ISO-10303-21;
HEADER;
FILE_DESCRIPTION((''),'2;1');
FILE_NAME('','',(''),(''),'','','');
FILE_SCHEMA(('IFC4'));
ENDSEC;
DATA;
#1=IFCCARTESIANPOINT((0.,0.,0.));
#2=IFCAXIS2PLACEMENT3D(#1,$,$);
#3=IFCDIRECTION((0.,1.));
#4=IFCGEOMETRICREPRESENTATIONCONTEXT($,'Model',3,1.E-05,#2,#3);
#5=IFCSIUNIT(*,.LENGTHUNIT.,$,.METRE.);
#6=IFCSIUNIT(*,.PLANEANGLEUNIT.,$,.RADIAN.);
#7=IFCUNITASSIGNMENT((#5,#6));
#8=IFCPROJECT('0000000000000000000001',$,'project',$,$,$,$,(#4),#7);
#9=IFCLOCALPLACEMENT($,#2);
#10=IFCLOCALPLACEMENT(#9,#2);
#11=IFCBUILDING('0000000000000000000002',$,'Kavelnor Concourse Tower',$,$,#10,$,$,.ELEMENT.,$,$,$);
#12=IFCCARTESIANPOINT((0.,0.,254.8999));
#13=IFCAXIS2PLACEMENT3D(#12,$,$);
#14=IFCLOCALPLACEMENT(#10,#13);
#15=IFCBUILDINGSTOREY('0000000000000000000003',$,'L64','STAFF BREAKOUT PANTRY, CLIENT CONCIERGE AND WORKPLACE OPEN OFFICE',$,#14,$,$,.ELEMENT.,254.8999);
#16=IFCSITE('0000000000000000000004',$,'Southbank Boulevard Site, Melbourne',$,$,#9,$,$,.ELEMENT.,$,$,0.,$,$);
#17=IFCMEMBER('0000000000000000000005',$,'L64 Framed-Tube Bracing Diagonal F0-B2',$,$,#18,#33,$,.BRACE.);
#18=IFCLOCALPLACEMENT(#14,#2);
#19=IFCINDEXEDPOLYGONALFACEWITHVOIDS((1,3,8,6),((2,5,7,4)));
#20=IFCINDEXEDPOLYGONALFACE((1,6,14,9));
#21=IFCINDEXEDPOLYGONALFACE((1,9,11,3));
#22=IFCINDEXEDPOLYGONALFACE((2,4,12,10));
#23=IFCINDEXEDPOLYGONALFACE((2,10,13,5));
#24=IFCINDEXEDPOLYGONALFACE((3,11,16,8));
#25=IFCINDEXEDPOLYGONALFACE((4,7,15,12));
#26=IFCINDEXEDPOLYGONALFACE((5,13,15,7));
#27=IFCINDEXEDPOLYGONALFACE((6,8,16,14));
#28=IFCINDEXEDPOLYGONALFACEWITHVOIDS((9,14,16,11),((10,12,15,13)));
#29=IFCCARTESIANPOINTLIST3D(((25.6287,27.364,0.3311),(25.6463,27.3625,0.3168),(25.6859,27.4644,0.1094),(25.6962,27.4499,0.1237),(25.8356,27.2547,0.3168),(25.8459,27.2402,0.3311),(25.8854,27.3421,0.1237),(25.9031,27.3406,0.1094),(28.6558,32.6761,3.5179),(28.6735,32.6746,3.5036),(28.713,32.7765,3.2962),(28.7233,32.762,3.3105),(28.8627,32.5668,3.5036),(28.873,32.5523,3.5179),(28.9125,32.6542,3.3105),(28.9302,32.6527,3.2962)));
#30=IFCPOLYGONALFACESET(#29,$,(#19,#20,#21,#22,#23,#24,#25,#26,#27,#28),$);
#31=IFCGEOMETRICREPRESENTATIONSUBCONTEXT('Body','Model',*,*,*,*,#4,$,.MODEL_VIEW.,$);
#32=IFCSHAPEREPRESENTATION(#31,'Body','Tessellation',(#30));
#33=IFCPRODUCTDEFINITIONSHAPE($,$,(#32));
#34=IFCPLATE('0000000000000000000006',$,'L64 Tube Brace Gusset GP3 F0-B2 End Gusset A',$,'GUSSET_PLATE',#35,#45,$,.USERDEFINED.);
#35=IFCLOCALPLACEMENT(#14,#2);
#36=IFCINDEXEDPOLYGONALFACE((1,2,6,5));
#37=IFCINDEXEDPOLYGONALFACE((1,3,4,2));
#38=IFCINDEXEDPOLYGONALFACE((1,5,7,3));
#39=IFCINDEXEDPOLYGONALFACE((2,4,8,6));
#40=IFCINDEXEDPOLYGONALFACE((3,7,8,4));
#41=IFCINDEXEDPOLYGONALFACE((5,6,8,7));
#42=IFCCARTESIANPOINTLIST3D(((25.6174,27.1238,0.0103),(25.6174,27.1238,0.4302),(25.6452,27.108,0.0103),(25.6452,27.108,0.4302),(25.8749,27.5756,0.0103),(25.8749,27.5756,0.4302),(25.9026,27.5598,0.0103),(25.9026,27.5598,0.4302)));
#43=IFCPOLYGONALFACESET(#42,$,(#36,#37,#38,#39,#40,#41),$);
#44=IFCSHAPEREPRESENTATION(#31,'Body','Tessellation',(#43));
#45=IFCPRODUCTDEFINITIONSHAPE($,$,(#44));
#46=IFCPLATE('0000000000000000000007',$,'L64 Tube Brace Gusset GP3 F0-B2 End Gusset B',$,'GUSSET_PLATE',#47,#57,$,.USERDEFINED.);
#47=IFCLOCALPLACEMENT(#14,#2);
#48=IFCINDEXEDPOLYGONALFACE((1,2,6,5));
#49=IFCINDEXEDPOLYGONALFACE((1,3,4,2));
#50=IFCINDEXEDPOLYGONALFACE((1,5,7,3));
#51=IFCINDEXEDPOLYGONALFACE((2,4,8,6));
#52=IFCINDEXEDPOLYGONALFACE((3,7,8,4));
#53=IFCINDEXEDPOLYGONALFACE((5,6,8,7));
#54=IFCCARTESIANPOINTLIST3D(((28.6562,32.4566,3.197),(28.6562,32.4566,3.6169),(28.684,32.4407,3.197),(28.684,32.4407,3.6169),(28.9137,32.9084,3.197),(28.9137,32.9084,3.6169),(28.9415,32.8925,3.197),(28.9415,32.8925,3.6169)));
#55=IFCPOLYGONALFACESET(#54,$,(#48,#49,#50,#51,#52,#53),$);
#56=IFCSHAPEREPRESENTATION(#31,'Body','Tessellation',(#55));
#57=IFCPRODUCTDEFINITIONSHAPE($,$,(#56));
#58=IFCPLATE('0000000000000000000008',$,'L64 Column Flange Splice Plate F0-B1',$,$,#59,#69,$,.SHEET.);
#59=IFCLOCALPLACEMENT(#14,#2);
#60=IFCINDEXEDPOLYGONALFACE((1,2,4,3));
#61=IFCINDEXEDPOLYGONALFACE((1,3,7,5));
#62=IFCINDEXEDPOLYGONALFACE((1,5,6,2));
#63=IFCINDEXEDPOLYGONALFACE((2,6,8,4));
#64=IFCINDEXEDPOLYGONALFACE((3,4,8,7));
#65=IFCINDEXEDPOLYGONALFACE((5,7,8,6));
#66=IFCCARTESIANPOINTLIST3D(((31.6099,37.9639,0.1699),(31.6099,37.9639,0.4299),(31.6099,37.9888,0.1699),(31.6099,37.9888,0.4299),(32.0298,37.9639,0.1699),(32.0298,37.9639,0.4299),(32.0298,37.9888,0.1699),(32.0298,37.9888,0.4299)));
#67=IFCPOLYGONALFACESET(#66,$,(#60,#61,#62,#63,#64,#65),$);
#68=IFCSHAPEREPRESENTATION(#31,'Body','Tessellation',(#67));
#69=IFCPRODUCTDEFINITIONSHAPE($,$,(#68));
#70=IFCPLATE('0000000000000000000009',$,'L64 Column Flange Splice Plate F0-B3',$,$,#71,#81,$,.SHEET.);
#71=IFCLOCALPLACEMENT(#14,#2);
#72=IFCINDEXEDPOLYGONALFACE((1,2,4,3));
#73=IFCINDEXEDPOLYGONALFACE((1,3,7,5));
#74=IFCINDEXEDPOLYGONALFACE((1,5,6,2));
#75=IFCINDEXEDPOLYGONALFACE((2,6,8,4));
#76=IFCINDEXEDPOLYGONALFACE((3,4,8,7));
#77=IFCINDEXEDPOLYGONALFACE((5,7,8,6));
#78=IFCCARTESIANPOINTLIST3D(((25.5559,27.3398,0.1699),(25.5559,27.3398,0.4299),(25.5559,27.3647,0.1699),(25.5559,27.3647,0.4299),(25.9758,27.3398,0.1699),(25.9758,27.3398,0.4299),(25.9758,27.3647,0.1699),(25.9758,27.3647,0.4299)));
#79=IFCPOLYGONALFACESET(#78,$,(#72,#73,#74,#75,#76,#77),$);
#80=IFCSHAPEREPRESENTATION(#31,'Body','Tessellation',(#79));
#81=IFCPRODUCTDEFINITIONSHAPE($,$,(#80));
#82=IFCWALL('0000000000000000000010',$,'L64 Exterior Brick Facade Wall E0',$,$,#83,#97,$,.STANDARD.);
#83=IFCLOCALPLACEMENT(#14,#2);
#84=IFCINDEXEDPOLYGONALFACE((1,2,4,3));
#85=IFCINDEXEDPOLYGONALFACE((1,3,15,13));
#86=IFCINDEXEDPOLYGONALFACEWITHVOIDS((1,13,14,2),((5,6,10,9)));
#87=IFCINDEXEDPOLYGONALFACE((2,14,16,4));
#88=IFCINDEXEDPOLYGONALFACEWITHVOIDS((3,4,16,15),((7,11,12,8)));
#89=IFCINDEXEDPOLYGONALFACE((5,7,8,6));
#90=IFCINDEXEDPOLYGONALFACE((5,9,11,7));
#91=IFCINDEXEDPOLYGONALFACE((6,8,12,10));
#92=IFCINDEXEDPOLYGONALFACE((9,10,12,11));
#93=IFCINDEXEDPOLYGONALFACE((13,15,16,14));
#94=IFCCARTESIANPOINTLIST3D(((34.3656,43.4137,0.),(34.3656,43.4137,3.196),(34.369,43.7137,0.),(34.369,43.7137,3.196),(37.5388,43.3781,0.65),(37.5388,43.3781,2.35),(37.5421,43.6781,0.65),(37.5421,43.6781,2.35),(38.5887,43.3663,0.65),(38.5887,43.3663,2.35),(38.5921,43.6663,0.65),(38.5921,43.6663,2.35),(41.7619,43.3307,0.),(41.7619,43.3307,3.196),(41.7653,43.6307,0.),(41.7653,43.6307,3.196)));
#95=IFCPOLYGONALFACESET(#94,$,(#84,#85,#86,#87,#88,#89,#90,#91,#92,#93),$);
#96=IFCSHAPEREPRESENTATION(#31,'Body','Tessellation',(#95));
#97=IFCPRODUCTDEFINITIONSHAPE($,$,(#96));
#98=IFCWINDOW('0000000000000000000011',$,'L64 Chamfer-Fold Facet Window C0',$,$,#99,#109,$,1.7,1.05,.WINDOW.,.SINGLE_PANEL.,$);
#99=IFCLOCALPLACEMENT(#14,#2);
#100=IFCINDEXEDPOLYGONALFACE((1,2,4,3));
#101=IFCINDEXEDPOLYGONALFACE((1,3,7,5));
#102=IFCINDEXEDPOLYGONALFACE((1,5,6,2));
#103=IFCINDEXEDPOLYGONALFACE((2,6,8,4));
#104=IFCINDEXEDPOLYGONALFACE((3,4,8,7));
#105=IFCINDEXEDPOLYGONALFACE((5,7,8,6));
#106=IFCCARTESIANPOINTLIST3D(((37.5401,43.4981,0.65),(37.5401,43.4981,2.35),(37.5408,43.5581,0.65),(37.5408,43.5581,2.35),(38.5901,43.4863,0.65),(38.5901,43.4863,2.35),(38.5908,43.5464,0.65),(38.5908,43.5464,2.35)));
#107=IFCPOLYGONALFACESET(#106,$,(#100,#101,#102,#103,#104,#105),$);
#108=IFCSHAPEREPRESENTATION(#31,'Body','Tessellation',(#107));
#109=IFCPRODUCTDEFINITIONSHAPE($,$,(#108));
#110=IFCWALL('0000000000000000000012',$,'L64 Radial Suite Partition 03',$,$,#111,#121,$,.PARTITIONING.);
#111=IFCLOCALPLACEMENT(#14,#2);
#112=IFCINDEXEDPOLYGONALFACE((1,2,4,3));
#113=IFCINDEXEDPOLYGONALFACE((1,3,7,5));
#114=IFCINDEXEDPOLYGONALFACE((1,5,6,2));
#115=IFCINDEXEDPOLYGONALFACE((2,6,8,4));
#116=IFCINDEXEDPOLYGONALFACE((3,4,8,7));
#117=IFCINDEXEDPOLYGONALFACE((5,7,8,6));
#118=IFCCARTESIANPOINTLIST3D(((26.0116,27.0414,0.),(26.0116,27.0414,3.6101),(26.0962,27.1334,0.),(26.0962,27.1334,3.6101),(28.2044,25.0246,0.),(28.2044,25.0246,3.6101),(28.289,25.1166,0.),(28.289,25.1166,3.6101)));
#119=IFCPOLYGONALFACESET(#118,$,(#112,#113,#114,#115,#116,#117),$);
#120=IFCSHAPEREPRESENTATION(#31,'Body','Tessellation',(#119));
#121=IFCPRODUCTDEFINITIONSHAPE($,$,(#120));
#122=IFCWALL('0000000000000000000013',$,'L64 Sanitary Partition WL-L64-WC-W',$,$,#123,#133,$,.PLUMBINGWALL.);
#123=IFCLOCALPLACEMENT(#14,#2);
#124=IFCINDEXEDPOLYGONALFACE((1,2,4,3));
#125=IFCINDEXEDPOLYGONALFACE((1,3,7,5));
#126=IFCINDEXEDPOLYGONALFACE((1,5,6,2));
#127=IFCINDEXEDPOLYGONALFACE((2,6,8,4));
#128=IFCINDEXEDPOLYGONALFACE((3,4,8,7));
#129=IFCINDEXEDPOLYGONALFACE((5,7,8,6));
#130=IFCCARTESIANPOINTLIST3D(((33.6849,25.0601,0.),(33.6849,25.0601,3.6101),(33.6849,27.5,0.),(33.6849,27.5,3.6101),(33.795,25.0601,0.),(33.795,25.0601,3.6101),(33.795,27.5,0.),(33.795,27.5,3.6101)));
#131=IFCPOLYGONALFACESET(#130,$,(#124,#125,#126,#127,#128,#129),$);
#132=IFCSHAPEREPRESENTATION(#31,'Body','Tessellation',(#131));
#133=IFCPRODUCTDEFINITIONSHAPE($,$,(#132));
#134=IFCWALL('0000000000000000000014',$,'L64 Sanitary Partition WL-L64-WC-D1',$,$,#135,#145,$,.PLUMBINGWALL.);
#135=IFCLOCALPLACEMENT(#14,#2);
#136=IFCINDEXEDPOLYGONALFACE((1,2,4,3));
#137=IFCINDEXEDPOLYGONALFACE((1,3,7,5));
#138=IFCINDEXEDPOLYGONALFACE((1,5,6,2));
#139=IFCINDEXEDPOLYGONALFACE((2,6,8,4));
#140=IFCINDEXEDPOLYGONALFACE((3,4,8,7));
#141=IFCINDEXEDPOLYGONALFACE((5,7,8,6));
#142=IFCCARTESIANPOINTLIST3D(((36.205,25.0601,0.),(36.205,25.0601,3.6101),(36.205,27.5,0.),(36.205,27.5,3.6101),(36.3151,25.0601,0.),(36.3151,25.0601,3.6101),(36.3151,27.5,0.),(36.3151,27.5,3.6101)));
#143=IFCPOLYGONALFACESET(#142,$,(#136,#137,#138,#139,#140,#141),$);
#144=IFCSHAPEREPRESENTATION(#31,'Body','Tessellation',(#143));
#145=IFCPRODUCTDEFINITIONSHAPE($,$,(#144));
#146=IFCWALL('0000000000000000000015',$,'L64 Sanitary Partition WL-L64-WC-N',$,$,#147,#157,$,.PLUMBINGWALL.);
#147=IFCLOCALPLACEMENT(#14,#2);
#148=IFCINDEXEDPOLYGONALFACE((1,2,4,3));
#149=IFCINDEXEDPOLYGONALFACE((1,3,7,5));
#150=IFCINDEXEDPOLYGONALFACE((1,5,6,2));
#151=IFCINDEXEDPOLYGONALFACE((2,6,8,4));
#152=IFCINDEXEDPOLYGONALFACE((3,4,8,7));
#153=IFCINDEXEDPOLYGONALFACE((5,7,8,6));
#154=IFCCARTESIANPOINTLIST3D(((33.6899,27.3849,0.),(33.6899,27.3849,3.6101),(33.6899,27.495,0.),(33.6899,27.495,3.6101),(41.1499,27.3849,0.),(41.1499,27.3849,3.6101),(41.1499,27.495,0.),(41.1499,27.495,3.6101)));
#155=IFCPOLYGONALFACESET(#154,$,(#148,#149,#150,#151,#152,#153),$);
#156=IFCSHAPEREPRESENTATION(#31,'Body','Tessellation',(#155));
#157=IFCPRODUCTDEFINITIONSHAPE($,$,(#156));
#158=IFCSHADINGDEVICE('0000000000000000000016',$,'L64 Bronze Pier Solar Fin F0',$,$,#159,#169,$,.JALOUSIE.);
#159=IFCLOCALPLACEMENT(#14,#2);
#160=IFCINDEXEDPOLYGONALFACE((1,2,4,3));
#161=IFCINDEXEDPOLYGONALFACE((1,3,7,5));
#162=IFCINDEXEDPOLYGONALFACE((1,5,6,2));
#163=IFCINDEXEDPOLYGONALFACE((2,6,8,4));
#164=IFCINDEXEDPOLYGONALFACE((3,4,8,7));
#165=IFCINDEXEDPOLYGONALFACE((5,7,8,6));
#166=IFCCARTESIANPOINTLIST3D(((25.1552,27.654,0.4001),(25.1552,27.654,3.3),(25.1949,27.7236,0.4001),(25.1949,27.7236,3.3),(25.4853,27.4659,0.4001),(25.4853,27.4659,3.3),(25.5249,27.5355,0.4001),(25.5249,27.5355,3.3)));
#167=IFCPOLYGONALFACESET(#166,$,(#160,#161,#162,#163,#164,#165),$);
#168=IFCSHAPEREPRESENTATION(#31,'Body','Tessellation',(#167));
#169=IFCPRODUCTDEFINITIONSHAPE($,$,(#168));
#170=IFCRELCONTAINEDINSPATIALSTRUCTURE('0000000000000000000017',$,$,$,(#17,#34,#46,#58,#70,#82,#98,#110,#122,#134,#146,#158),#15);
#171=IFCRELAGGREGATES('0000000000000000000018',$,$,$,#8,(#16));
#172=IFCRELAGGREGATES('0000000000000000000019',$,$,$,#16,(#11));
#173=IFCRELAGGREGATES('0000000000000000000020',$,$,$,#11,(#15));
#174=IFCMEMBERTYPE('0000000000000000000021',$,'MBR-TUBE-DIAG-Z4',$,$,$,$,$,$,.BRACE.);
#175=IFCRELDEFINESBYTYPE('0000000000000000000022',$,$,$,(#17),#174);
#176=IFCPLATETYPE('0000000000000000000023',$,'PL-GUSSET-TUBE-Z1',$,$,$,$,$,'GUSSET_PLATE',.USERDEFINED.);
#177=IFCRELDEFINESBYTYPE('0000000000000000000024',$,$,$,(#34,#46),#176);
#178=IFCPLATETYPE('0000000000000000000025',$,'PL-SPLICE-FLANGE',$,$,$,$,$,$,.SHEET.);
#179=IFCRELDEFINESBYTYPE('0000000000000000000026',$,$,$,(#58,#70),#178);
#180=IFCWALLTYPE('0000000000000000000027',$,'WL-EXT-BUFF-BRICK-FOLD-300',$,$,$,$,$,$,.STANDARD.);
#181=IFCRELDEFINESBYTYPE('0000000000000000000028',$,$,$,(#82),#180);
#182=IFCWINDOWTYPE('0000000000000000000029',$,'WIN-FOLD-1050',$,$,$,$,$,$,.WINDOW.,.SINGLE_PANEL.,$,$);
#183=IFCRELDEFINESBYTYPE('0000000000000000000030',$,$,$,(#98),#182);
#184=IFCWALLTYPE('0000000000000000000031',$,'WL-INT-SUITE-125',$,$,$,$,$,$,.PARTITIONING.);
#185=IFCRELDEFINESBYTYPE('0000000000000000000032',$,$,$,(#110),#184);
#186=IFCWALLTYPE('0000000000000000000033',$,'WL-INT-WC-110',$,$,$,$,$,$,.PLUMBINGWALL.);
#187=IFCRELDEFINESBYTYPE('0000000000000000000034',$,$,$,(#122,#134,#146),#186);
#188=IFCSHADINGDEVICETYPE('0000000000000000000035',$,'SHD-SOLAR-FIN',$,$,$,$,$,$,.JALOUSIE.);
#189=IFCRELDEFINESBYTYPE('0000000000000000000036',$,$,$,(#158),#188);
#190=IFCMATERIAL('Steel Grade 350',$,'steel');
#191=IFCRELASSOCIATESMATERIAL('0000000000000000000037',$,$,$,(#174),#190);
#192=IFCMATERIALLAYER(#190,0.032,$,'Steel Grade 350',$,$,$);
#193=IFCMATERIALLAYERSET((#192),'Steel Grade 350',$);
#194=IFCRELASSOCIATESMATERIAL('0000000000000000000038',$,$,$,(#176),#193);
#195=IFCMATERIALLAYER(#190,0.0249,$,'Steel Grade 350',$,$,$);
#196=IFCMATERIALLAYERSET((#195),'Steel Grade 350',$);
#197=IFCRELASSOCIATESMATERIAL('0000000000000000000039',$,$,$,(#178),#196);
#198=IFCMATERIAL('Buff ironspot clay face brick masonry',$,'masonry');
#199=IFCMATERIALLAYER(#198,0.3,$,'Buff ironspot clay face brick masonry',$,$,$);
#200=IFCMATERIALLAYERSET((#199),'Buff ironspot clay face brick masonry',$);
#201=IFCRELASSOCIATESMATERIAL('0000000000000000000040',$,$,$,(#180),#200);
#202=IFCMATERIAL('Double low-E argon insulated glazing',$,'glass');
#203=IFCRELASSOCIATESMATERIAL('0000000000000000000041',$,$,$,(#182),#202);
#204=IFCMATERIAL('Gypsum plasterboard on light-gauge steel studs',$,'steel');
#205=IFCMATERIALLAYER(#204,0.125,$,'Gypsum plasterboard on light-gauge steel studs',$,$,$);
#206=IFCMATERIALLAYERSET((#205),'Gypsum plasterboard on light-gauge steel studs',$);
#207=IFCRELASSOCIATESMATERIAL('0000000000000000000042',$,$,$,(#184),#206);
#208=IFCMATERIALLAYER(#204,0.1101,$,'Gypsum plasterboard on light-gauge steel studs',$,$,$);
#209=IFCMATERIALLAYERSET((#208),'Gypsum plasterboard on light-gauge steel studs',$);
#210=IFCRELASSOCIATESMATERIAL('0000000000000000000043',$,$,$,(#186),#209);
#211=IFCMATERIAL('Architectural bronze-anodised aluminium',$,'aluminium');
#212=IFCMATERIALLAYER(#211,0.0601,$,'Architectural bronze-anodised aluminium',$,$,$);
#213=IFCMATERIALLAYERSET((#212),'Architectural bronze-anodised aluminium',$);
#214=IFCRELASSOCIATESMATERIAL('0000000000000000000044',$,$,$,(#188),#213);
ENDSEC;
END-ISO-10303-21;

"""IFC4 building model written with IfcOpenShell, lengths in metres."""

from ifc_helpers import new_model, si_unit, direction, frame, frame_2d, origin, origin_2d, place, context, subcontext, project, spatial, rectangle, hollow_rectangle, extrude, material, layer, layer_set, material_profile, profile_set, type_object, element, fill, save


model = new_model("IFC4")

# Units and contexts
model_context = context("Model", 3, precision=1e-05, world=origin(), true_north=direction((0.0, 1.0)))
body_context = subcontext(model_context, "Body", "Model", "MODEL_VIEW")
ifc_project = project(units=[si_unit("LENGTHUNIT", "METRE"), si_unit("PLANEANGLEUNIT", "RADIAN")], contexts=[model_context])

# Site, building, storey
site_placement = place(None, origin())
site = spatial("IfcSite", under=ifc_project, at=site_placement, Name="Southbank Boulevard Site, Melbourne", CompositionType="ELEMENT", RefElevation=0.0)
building_placement = place(site_placement, origin())
building = spatial("IfcBuilding", under=site, at=building_placement, Name="Kavelnor Concourse Tower", CompositionType="ELEMENT")
storey_placement = place(building_placement, frame((0.0, 0.0, 254.8999)))
storey = spatial("IfcBuildingStorey", under=building, at=storey_placement, Name="L64", Description="STAFF BREAKOUT PANTRY, CLIENT CONCIERGE AND WORKPLACE OPEN OFFICE", CompositionType="ELEMENT", Elevation=254.8999)

# Shared definitions
ifc_material_1 = material(Name="Steel Grade 350", Category="steel")

# Member
ifc_material_profile_1 = material_profile(ifc_material_1, hollow_rectangle(XDim=0.25, YDim=0.25, WallThickness=0.0161, at=origin_2d()), Name="SHS 250x250x16")
ifc_profile_set_1 = profile_set([ifc_material_profile_1], Name="Steel Grade 350")
member_type = type_object("IfcMemberType", Name="MBR-TUBE-DIAG-Z4", PredefinedType="BRACE", material=ifc_profile_set_1)
member_placement = place(storey_placement, frame((25.7659, 27.3523, 0.2202), z_axis=(0.43905, 0.770453, 0.462208), x_axis=(-0.86883, 0.495111, 0.0)))
element("IfcMember", 1, at=member_placement, inside=storey, type_object=member_type, Name="L64 Framed-Tube Bracing Diagonal F0-B2", PredefinedType="BRACE", context=body_context, shape_type="SweptSolid", body=[
    extrude(hollow_rectangle(XDim=0.25, YDim=0.25, WallThickness=0.0161, at=origin_2d()), origin(), (0.0, 0.0, 1.0), 6.8948),
])

# Plates
ifc_layer_1 = layer(ifc_material_1, 0.032, Name="Steel Grade 350")
ifc_layer_set_1 = layer_set([ifc_layer_1], Name="Steel Grade 350")
plate_type_1 = type_object("IfcPlateType", Name="PL-GUSSET-TUBE-Z1", ElementType="GUSSET_PLATE", PredefinedType="USERDEFINED", material=ifc_layer_set_1)
for number, where, z_axis, x_axis, name in (
    (2, (25.76, 27.3418, 0.0103), (0.0, 0.0, 1.0), (0.495155, 0.868804, 0.0), "L64 Tube Brace Gusset GP3 F0-B2 End Gusset A"),
    (3, (28.7988, 32.6746, 3.197), (0.0, 0.0, 1.0), (0.495155, 0.868804, 0.0), "L64 Tube Brace Gusset GP3 F0-B2 End Gusset B"),
):
    element("IfcPlate", number, at=place(storey_placement, frame(where, z_axis=z_axis, x_axis=x_axis)), inside=storey, type_object=plate_type_1, Name=name, ObjectType="GUSSET_PLATE", PredefinedType="USERDEFINED", context=body_context, shape_type="SweptSolid", body=[
        extrude(rectangle(XDim=0.52, YDim=0.032, at=origin_2d()), origin(), (0.0, 0.0, 1.0), 0.4199),
    ])
ifc_layer_2 = layer(ifc_material_1, 0.0249, Name="Steel Grade 350")
ifc_layer_set_2 = layer_set([ifc_layer_2], Name="Steel Grade 350")
plate_type_2 = type_object("IfcPlateType", Name="PL-SPLICE-FLANGE", PredefinedType="SHEET", material=ifc_layer_set_2)
for number, where, z_axis, x_axis, name in (
    (4, (31.8198, 37.9763, 0.1699), (0.0, 0.0, 1.0), (1.0, 0.0, 0.0), "L64 Column Flange Splice Plate F0-B1"),
    (5, (25.7659, 27.3523, 0.1699), (0.0, 0.0, 1.0), (1.0, 0.0, 0.0), "L64 Column Flange Splice Plate F0-B3"),
):
    element("IfcPlate", number, at=place(storey_placement, frame(where, z_axis=z_axis, x_axis=x_axis)), inside=storey, type_object=plate_type_2, Name=name, PredefinedType="SHEET", context=body_context, shape_type="SweptSolid", body=[
        extrude(rectangle(XDim=0.4199, YDim=0.0249, at=origin_2d()), origin(), (0.0, 0.0, 1.0), 0.26),
    ])

# Wall, opening, window
ifc_material_2 = material(Name="Buff ironspot clay face brick masonry", Category="masonry")
ifc_layer_3 = layer(ifc_material_2, 0.3, Name="Buff ironspot clay face brick masonry")
ifc_layer_set_3 = layer_set([ifc_layer_3], Name="Buff ironspot clay face brick masonry")
wall_type_1 = type_object("IfcWallType", Name="WL-EXT-BUFF-BRICK-FOLD-300", PredefinedType="STANDARD", material=ifc_layer_set_3)
wall_1_placement = place(storey_placement, frame((34.3674, 43.5637, 0.0), z_axis=(0.0, 0.0, 1.0), x_axis=(0.999937, -0.011222, 0.0)))
wall_1 = element("IfcWall", 6, at=wall_1_placement, inside=storey, type_object=wall_type_1, Name="L64 Exterior Brick Facade Wall E0", PredefinedType="STANDARD", context=body_context, shape_type="SweptSolid", body=[
    extrude(rectangle(XDim=7.3967, YDim=0.3, at=frame_2d((3.6982, 0.0))), origin(), (0.0, 0.0, 1.0), 3.196),
])
opening_placement = place(wall_1_placement, frame((3.1733, 0.0, 0.6499)))
opening = element("IfcOpeningElement", 7, at=opening_placement, cuts=wall_1, PredefinedType="OPENING", context=body_context, shape_type="SweptSolid", body=[
    extrude(rectangle(XDim=1.05, YDim=1.7, at=frame_2d((0.5249, 0.8501))), frame((0.0, 0.1602, 0.0), z_axis=(0.0, -1.0, 0.0), x_axis=(1.0, 0.0, 0.0)), (0.0, 0.0, 1.0), 0.3201),
])
ifc_material_3 = material(Name="Double low-E argon insulated glazing", Category="glass")
window_type = type_object("IfcWindowType", Name="WIN-FOLD-1050", PartitioningType="SINGLE_PANEL", PredefinedType="WINDOW", material=ifc_material_3)
window_placement = place(opening_placement, origin())
window = element("IfcWindow", 8, at=window_placement, inside=storey, type_object=window_type, Name="L64 Chamfer-Fold Facet Window C0", OverallHeight=1.7, OverallWidth=1.05, PartitioningType="SINGLE_PANEL", PredefinedType="WINDOW", context=body_context, shape_type="SweptSolid", body=[
    extrude(rectangle(XDim=1.05, YDim=1.7, at=frame_2d((0.5249, 0.8501))), frame((0.0, 0.03, 0.0), z_axis=(0.0, -1.0, 0.0), x_axis=(1.0, 0.0, 0.0)), (0.0, 0.0, 1.0), 0.0601),
])
fill(opening, window)

# Walls
ifc_material_4 = material(Name="Gypsum plasterboard on light-gauge steel studs", Category="steel")
ifc_layer_4 = layer(ifc_material_4, 0.125, Name="Gypsum plasterboard on light-gauge steel studs")
ifc_layer_set_4 = layer_set([ifc_layer_4], Name="Gypsum plasterboard on light-gauge steel studs")
wall_type_2 = type_object("IfcWallType", Name="WL-INT-SUITE-125", PredefinedType="PARTITIONING", material=ifc_layer_set_4)
wall_2_placement = place(storey_placement, frame((28.2468, 25.0706, 0.0), z_axis=(0.0, 0.0, 1.0), x_axis=(-0.736031, 0.676948, 0.0)))
element("IfcWall", 9, at=wall_2_placement, inside=storey, type_object=wall_type_2, Name="L64 Radial Suite Partition 03", PredefinedType="PARTITIONING", context=body_context, shape_type="SweptSolid", body=[
    extrude(rectangle(XDim=2.9792, YDim=0.125, at=frame_2d((1.4897, 0.0))), origin(), (0.0, 0.0, 1.0), 3.6101),
])
ifc_layer_5 = layer(ifc_material_4, 0.1101, Name="Gypsum plasterboard on light-gauge steel studs")
ifc_layer_set_5 = layer_set([ifc_layer_5], Name="Gypsum plasterboard on light-gauge steel studs")
wall_type_3 = type_object("IfcWallType", Name="WL-INT-WC-110", PredefinedType="PLUMBINGWALL", material=ifc_layer_set_5)
for number, where, z_axis, x_axis, name in (
    (10, (33.74, 25.0601, 0.0), (0.0, 0.0, 1.0), (0.0, 1.0, 0.0), "L64 Sanitary Partition WL-L64-WC-W"),
    (11, (36.26, 25.0601, 0.0), (0.0, 0.0, 1.0), (0.0, 1.0, 0.0), "L64 Sanitary Partition WL-L64-WC-D1"),
):
    element("IfcWall", number, at=place(storey_placement, frame(where, z_axis=z_axis, x_axis=x_axis)), inside=storey, type_object=wall_type_3, Name=name, PredefinedType="PLUMBINGWALL", context=body_context, shape_type="SweptSolid", body=[
        extrude(rectangle(XDim=2.4399, YDim=0.1101, at=frame_2d((1.22, 0.0))), origin(), (0.0, 0.0, 1.0), 3.6101),
    ])
wall_3_placement = place(storey_placement, frame((33.6899, 27.4399, 0.0), z_axis=(0.0, 0.0, 1.0), x_axis=(1.0, 0.0, 0.0)))
element("IfcWall", 12, at=wall_3_placement, inside=storey, type_object=wall_type_3, Name="L64 Sanitary Partition WL-L64-WC-N", PredefinedType="PLUMBINGWALL", context=body_context, shape_type="SweptSolid", body=[
    extrude(rectangle(XDim=7.46, YDim=0.1101, at=frame_2d((3.73, 0.0))), origin(), (0.0, 0.0, 1.0), 3.6101),
])

# Shading device
ifc_material_5 = material(Name="Architectural bronze-anodised aluminium", Category="aluminium")
ifc_layer_6 = layer(ifc_material_5, 0.0601, Name="Architectural bronze-anodised aluminium")
ifc_layer_set_6 = layer_set([ifc_layer_6], Name="Architectural bronze-anodised aluminium")
shading_device_type = type_object("IfcShadingDeviceType", Name="SHD-SOLAR-FIN", PredefinedType="JALOUSIE", material=ifc_layer_set_6)
shading_device_placement = place(storey_placement, frame((25.3401, 27.5947, 0.4001), z_axis=(0.0, 0.0, 1.0), x_axis=(-0.868804, 0.495155, 0.0)))
element("IfcShadingDevice", 13, at=shading_device_placement, inside=storey, type_object=shading_device_type, Name="L64 Bronze Pier Solar Fin F0", PredefinedType="JALOUSIE", context=body_context, shape_type="SweptSolid", body=[
    extrude(rectangle(XDim=0.3799, YDim=0.0801, at=origin_2d()), origin(), (0.0, 0.0, 1.0), 2.8999),
])

save(model, "model.ifc")
